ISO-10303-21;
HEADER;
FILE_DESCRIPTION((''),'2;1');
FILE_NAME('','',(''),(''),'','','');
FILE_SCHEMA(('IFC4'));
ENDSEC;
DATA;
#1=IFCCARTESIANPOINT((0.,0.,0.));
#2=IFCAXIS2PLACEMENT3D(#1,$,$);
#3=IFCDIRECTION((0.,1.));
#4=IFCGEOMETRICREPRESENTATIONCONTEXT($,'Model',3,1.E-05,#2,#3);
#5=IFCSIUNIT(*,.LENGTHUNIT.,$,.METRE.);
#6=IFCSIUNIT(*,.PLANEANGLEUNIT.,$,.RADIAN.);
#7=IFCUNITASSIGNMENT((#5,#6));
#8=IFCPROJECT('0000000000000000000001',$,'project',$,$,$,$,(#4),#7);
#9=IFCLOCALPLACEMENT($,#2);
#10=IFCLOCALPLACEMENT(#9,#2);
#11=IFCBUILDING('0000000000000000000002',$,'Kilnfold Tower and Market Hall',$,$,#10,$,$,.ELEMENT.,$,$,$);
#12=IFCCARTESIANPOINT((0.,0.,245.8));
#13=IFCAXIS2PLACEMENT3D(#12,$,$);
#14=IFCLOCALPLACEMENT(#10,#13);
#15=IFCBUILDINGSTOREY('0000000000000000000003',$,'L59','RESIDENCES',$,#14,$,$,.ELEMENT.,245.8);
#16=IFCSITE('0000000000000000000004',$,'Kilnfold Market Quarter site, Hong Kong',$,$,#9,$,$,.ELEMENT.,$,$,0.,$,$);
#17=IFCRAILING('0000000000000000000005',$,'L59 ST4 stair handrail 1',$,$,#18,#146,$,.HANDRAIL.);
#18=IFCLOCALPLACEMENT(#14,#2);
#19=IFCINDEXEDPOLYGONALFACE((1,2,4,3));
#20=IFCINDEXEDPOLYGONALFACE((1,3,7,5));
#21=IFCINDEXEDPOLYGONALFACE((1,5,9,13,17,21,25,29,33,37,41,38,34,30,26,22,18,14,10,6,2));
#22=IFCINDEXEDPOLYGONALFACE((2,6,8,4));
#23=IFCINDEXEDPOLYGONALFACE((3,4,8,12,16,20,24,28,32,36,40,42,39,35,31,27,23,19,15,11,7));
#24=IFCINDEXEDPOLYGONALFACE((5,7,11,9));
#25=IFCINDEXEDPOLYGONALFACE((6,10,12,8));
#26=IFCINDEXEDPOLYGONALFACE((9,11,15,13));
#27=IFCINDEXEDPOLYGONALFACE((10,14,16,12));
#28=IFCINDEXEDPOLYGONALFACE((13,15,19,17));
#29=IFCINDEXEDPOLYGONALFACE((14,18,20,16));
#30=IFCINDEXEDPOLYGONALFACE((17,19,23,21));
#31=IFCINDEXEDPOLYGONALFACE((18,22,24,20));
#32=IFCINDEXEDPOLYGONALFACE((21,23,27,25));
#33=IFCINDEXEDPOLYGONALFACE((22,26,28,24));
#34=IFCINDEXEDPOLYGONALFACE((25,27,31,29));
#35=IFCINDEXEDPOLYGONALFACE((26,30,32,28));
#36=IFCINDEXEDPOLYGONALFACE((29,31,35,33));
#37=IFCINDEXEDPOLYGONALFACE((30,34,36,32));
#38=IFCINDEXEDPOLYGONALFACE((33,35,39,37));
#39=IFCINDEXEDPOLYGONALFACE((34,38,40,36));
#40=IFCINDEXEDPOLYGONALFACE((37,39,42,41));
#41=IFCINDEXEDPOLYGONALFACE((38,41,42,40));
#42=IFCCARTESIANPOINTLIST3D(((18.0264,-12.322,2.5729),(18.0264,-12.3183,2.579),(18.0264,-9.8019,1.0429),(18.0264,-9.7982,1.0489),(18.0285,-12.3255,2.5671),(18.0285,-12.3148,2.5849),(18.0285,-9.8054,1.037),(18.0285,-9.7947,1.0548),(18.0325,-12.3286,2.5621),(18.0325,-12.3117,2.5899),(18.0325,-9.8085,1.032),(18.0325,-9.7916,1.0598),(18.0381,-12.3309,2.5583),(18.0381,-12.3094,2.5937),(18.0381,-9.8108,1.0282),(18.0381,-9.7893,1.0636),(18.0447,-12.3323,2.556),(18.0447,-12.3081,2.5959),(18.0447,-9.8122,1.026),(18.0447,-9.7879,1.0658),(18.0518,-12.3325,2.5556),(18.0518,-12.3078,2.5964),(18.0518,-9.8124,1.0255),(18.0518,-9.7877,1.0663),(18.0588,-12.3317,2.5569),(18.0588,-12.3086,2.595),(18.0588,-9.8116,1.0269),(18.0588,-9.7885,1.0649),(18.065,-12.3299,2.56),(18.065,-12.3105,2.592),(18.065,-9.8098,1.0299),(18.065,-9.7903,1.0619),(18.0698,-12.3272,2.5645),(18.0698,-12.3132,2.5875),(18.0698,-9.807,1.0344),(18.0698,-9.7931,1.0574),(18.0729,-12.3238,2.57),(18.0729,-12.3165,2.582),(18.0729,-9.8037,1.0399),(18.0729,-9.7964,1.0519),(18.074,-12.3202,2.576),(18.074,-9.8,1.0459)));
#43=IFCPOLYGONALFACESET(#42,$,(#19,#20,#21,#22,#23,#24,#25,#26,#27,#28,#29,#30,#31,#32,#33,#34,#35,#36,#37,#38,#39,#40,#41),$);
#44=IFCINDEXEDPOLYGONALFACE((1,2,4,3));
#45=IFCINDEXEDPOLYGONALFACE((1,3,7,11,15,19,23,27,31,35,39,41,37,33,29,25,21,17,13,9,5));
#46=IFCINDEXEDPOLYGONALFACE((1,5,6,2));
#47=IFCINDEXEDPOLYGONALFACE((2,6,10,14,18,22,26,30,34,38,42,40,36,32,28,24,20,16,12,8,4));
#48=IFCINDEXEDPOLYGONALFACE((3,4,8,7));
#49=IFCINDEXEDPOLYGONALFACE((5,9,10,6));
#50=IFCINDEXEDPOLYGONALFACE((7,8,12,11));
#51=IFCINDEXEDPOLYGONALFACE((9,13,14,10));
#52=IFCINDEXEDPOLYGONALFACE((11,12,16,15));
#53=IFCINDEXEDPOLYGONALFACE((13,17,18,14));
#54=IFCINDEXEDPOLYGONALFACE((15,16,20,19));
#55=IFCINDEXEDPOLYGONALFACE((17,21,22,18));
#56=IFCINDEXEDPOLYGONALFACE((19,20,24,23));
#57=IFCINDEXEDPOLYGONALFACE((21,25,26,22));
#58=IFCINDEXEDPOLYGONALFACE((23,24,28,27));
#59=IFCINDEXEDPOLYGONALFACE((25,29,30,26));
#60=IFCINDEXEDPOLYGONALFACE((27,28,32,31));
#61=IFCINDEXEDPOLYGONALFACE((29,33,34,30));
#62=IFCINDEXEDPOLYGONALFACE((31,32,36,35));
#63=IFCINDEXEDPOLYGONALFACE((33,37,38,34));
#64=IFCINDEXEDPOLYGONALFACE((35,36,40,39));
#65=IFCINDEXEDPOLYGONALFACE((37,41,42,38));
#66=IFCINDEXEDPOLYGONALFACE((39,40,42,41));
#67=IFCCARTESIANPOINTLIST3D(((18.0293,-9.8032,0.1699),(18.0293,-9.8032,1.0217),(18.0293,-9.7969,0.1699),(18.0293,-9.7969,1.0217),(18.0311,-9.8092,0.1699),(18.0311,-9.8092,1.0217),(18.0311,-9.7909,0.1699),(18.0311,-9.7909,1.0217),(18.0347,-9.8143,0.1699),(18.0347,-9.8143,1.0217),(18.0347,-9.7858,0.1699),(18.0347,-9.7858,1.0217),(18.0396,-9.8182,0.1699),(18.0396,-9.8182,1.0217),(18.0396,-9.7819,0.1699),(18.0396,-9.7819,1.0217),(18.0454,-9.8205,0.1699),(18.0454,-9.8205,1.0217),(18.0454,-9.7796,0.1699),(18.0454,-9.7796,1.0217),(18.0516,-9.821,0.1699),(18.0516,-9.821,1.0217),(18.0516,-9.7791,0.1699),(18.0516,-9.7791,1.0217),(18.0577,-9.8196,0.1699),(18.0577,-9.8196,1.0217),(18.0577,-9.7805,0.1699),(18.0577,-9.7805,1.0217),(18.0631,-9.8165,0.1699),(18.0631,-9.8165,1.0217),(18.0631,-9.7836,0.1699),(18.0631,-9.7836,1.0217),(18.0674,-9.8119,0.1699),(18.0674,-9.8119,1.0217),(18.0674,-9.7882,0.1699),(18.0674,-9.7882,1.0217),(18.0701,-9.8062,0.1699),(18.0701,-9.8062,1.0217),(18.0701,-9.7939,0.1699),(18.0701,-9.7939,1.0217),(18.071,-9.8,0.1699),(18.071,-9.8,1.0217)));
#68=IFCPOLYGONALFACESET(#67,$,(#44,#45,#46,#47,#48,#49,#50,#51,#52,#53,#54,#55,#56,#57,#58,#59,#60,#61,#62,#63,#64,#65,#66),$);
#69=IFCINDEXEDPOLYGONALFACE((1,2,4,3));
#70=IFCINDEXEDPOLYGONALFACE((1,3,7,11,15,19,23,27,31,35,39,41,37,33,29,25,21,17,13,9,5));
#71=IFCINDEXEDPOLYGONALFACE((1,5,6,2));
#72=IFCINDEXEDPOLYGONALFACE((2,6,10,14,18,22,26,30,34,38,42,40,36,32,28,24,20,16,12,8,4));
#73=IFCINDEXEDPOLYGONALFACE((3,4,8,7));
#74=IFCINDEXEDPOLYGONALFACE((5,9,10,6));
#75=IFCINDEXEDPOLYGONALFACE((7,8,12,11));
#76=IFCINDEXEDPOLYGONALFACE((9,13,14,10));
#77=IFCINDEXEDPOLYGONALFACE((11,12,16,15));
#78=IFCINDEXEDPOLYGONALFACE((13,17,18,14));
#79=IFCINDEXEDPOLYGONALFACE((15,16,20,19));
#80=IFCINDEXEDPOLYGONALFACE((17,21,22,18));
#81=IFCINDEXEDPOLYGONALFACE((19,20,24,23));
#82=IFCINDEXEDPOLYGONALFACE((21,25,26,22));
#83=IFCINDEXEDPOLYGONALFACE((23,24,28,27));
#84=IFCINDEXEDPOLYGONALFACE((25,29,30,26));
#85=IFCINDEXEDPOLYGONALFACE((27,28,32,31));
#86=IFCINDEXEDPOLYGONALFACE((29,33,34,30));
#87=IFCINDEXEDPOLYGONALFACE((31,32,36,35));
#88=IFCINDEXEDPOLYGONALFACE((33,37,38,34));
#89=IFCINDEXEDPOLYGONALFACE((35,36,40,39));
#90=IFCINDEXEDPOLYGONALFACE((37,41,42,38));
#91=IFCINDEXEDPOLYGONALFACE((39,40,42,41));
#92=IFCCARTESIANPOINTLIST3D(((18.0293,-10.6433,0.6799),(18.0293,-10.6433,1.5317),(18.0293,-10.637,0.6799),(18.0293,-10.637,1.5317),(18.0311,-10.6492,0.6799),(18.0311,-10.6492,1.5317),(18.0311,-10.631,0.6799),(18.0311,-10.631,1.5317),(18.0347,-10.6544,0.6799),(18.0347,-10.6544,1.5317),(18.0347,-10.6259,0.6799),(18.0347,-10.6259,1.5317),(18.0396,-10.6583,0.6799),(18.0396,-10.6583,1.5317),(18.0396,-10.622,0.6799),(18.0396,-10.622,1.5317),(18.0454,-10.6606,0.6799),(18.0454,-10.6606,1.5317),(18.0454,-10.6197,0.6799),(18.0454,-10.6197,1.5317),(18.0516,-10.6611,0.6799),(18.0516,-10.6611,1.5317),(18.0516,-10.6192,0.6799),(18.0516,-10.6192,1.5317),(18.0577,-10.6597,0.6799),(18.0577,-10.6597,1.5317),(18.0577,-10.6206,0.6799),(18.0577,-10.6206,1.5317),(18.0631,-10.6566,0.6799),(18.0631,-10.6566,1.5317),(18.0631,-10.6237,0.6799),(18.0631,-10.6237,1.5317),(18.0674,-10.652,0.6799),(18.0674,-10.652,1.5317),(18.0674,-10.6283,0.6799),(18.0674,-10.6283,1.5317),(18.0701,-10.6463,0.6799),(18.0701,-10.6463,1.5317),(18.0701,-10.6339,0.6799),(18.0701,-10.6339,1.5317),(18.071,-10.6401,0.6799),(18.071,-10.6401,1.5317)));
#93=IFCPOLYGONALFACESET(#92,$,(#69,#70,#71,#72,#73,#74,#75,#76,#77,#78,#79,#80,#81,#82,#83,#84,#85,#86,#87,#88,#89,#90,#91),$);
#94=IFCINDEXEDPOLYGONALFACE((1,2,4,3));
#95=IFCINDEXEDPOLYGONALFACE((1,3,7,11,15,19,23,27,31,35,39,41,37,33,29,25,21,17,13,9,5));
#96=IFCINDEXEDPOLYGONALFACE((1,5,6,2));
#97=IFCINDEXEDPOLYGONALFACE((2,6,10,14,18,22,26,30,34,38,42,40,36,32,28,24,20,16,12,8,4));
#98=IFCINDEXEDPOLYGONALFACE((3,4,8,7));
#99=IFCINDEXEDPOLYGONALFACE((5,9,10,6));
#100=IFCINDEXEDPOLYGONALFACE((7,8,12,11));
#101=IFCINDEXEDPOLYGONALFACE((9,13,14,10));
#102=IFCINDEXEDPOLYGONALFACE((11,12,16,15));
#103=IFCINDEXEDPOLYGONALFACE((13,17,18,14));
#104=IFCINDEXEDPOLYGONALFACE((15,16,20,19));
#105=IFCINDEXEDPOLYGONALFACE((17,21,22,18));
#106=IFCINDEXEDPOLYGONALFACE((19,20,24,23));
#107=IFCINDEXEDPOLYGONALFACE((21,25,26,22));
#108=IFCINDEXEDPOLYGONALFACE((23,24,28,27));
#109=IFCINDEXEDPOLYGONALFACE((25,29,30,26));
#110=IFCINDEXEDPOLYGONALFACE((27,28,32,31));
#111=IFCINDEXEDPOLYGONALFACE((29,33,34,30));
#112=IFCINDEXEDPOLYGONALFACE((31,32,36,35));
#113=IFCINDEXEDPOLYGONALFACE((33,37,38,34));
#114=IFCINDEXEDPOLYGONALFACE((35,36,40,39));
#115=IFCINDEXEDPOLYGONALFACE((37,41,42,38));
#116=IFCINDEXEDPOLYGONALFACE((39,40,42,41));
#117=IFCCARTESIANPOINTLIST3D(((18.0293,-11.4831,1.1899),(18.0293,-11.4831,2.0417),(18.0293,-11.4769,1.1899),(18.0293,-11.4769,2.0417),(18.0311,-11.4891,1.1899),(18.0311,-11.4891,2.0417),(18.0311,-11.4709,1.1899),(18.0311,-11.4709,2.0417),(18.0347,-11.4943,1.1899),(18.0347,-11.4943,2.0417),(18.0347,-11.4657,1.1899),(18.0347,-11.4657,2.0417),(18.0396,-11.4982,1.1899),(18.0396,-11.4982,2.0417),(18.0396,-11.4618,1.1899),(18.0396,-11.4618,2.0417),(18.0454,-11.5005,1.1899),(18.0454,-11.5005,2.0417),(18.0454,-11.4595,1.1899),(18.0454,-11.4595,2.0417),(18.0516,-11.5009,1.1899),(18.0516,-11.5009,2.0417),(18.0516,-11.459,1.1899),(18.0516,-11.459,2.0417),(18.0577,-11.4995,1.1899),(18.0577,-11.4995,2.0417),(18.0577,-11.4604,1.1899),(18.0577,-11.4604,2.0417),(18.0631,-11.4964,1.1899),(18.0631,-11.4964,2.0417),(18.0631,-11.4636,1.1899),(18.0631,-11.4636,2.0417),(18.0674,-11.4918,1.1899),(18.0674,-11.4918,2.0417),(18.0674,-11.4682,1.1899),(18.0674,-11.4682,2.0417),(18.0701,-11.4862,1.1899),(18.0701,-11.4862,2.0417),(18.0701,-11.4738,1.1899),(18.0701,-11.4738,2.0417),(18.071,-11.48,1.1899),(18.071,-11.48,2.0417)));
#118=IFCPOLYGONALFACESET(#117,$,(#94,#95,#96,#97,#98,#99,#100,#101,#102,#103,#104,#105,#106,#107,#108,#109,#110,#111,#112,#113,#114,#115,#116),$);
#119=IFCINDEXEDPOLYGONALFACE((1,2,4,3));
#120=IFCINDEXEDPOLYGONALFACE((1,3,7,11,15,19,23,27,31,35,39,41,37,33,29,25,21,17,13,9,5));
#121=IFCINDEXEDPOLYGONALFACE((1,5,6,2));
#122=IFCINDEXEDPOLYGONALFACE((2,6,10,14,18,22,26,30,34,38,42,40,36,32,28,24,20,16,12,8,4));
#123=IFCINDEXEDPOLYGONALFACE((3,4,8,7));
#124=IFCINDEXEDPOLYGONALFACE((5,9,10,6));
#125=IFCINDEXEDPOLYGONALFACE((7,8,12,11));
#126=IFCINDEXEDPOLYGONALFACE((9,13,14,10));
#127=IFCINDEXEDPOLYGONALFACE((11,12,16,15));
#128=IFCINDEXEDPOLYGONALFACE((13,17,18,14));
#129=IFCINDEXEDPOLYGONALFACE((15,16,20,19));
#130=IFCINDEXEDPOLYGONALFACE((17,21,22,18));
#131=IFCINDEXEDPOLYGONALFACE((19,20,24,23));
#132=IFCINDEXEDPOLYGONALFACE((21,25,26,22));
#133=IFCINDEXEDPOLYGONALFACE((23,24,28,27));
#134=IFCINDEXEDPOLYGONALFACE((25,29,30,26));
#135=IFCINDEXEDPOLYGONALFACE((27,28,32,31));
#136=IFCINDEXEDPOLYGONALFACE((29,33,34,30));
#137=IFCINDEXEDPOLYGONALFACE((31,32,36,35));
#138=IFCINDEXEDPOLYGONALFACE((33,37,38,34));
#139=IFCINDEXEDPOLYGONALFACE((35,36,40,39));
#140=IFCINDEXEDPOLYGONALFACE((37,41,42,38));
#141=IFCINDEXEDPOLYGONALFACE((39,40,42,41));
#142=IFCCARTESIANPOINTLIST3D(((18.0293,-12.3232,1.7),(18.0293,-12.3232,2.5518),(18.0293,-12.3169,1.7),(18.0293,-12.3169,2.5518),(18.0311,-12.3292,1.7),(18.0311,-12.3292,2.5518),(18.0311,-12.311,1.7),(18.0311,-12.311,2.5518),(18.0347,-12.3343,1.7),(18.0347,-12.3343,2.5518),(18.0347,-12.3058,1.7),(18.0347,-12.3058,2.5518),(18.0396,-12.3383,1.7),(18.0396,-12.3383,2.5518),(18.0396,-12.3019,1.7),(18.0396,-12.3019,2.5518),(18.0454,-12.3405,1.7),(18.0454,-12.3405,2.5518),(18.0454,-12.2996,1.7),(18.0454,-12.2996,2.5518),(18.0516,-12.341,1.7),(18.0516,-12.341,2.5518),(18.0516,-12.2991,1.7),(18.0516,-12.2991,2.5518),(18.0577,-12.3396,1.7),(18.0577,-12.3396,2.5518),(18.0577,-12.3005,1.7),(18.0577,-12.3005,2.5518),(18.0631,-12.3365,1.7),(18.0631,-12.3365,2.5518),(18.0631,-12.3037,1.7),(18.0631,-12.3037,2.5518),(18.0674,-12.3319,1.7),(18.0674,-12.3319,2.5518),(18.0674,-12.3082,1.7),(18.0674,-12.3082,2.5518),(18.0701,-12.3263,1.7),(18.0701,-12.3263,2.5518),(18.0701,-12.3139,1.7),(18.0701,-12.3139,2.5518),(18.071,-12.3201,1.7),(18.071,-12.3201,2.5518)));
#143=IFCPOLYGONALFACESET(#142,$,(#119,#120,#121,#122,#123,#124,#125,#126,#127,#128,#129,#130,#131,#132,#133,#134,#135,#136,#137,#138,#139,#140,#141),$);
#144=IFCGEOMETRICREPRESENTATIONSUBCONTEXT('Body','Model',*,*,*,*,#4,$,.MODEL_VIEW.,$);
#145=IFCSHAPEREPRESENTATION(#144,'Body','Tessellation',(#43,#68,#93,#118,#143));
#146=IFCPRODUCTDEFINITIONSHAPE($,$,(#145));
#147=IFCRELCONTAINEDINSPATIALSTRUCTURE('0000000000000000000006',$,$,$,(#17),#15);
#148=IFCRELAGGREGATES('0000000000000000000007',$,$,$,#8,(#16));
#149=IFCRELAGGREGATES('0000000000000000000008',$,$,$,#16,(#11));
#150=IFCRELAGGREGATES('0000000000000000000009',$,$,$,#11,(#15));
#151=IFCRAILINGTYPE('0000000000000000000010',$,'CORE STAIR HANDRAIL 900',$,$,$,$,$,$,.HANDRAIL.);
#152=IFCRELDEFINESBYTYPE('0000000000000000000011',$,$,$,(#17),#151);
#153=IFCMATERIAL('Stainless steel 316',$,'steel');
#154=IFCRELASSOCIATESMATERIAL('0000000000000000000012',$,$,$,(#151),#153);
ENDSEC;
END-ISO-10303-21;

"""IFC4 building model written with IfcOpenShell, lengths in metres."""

from ifc_helpers import new_model, si_unit, direction, frame, origin, origin_2d, place, context, subcontext, project, spatial, circle, extrude, material, type_object, element, save


model = new_model("IFC4")

# Units and contexts
model_context = context("Model", 3, precision=1e-05, world=origin(), true_north=direction((0.0, 1.0)))
body_context = subcontext(model_context, "Body", "Model", "MODEL_VIEW")
ifc_project = project(units=[si_unit("LENGTHUNIT", "METRE"), si_unit("PLANEANGLEUNIT", "RADIAN")], contexts=[model_context])

# Site, building, storey
site_placement = place(None, origin())
site = spatial("IfcSite", under=ifc_project, at=site_placement, Name="Kilnfold Market Quarter site, Hong Kong", CompositionType="ELEMENT", RefElevation=0.0)
building_placement = place(site_placement, origin())
building = spatial("IfcBuilding", under=site, at=building_placement, Name="Kilnfold Tower and Market Hall", CompositionType="ELEMENT")
storey_placement = place(building_placement, frame((0.0, 0.0, 245.8)))
storey = spatial("IfcBuildingStorey", under=building, at=storey_placement, Name="L59", Description="RESIDENCES", CompositionType="ELEMENT", Elevation=245.8)

# Railing
ifc_material_1 = material(Name="Stainless steel 316", Category="steel")
railing_type_1 = type_object("IfcRailingType", Name="CORE STAIR HANDRAIL 900", PredefinedType="HANDRAIL", material=ifc_material_1)
railing_1_placement = place(storey_placement, frame((18.05, -9.8, 0.1699)))
element("IfcRailing", 1, at=railing_1_placement, inside=storey, type_object=railing_type_1, Name="L59 ST4 stair handrail 1", PredefinedType="HANDRAIL", context=body_context, shape_type="SweptSolid", body=[
    extrude(circle(Radius=0.0239, at=origin_2d()), frame((0.0, 0.0, 0.876), z_axis=(0.0, -0.854785, 0.518982), x_axis=(1.0, 0.0, 0.0)), (0.0, 0.0, 1.0), 2.9482),
    extrude(circle(Radius=0.021, at=origin_2d()), origin(), (0.0, 0.0, 1.0), 0.8518),
    extrude(circle(Radius=0.021, at=origin_2d()), frame((0.0, -0.8401, 0.51)), (0.0, 0.0, 1.0), 0.8518),
    extrude(circle(Radius=0.021, at=origin_2d()), frame((0.0, -1.6799, 1.02)), (0.0, 0.0, 1.0), 0.8518),
    extrude(circle(Radius=0.021, at=origin_2d()), frame((0.0, -2.52, 1.53)), (0.0, 0.0, 1.0), 0.8518),
])

save(model, "model.ifc")
